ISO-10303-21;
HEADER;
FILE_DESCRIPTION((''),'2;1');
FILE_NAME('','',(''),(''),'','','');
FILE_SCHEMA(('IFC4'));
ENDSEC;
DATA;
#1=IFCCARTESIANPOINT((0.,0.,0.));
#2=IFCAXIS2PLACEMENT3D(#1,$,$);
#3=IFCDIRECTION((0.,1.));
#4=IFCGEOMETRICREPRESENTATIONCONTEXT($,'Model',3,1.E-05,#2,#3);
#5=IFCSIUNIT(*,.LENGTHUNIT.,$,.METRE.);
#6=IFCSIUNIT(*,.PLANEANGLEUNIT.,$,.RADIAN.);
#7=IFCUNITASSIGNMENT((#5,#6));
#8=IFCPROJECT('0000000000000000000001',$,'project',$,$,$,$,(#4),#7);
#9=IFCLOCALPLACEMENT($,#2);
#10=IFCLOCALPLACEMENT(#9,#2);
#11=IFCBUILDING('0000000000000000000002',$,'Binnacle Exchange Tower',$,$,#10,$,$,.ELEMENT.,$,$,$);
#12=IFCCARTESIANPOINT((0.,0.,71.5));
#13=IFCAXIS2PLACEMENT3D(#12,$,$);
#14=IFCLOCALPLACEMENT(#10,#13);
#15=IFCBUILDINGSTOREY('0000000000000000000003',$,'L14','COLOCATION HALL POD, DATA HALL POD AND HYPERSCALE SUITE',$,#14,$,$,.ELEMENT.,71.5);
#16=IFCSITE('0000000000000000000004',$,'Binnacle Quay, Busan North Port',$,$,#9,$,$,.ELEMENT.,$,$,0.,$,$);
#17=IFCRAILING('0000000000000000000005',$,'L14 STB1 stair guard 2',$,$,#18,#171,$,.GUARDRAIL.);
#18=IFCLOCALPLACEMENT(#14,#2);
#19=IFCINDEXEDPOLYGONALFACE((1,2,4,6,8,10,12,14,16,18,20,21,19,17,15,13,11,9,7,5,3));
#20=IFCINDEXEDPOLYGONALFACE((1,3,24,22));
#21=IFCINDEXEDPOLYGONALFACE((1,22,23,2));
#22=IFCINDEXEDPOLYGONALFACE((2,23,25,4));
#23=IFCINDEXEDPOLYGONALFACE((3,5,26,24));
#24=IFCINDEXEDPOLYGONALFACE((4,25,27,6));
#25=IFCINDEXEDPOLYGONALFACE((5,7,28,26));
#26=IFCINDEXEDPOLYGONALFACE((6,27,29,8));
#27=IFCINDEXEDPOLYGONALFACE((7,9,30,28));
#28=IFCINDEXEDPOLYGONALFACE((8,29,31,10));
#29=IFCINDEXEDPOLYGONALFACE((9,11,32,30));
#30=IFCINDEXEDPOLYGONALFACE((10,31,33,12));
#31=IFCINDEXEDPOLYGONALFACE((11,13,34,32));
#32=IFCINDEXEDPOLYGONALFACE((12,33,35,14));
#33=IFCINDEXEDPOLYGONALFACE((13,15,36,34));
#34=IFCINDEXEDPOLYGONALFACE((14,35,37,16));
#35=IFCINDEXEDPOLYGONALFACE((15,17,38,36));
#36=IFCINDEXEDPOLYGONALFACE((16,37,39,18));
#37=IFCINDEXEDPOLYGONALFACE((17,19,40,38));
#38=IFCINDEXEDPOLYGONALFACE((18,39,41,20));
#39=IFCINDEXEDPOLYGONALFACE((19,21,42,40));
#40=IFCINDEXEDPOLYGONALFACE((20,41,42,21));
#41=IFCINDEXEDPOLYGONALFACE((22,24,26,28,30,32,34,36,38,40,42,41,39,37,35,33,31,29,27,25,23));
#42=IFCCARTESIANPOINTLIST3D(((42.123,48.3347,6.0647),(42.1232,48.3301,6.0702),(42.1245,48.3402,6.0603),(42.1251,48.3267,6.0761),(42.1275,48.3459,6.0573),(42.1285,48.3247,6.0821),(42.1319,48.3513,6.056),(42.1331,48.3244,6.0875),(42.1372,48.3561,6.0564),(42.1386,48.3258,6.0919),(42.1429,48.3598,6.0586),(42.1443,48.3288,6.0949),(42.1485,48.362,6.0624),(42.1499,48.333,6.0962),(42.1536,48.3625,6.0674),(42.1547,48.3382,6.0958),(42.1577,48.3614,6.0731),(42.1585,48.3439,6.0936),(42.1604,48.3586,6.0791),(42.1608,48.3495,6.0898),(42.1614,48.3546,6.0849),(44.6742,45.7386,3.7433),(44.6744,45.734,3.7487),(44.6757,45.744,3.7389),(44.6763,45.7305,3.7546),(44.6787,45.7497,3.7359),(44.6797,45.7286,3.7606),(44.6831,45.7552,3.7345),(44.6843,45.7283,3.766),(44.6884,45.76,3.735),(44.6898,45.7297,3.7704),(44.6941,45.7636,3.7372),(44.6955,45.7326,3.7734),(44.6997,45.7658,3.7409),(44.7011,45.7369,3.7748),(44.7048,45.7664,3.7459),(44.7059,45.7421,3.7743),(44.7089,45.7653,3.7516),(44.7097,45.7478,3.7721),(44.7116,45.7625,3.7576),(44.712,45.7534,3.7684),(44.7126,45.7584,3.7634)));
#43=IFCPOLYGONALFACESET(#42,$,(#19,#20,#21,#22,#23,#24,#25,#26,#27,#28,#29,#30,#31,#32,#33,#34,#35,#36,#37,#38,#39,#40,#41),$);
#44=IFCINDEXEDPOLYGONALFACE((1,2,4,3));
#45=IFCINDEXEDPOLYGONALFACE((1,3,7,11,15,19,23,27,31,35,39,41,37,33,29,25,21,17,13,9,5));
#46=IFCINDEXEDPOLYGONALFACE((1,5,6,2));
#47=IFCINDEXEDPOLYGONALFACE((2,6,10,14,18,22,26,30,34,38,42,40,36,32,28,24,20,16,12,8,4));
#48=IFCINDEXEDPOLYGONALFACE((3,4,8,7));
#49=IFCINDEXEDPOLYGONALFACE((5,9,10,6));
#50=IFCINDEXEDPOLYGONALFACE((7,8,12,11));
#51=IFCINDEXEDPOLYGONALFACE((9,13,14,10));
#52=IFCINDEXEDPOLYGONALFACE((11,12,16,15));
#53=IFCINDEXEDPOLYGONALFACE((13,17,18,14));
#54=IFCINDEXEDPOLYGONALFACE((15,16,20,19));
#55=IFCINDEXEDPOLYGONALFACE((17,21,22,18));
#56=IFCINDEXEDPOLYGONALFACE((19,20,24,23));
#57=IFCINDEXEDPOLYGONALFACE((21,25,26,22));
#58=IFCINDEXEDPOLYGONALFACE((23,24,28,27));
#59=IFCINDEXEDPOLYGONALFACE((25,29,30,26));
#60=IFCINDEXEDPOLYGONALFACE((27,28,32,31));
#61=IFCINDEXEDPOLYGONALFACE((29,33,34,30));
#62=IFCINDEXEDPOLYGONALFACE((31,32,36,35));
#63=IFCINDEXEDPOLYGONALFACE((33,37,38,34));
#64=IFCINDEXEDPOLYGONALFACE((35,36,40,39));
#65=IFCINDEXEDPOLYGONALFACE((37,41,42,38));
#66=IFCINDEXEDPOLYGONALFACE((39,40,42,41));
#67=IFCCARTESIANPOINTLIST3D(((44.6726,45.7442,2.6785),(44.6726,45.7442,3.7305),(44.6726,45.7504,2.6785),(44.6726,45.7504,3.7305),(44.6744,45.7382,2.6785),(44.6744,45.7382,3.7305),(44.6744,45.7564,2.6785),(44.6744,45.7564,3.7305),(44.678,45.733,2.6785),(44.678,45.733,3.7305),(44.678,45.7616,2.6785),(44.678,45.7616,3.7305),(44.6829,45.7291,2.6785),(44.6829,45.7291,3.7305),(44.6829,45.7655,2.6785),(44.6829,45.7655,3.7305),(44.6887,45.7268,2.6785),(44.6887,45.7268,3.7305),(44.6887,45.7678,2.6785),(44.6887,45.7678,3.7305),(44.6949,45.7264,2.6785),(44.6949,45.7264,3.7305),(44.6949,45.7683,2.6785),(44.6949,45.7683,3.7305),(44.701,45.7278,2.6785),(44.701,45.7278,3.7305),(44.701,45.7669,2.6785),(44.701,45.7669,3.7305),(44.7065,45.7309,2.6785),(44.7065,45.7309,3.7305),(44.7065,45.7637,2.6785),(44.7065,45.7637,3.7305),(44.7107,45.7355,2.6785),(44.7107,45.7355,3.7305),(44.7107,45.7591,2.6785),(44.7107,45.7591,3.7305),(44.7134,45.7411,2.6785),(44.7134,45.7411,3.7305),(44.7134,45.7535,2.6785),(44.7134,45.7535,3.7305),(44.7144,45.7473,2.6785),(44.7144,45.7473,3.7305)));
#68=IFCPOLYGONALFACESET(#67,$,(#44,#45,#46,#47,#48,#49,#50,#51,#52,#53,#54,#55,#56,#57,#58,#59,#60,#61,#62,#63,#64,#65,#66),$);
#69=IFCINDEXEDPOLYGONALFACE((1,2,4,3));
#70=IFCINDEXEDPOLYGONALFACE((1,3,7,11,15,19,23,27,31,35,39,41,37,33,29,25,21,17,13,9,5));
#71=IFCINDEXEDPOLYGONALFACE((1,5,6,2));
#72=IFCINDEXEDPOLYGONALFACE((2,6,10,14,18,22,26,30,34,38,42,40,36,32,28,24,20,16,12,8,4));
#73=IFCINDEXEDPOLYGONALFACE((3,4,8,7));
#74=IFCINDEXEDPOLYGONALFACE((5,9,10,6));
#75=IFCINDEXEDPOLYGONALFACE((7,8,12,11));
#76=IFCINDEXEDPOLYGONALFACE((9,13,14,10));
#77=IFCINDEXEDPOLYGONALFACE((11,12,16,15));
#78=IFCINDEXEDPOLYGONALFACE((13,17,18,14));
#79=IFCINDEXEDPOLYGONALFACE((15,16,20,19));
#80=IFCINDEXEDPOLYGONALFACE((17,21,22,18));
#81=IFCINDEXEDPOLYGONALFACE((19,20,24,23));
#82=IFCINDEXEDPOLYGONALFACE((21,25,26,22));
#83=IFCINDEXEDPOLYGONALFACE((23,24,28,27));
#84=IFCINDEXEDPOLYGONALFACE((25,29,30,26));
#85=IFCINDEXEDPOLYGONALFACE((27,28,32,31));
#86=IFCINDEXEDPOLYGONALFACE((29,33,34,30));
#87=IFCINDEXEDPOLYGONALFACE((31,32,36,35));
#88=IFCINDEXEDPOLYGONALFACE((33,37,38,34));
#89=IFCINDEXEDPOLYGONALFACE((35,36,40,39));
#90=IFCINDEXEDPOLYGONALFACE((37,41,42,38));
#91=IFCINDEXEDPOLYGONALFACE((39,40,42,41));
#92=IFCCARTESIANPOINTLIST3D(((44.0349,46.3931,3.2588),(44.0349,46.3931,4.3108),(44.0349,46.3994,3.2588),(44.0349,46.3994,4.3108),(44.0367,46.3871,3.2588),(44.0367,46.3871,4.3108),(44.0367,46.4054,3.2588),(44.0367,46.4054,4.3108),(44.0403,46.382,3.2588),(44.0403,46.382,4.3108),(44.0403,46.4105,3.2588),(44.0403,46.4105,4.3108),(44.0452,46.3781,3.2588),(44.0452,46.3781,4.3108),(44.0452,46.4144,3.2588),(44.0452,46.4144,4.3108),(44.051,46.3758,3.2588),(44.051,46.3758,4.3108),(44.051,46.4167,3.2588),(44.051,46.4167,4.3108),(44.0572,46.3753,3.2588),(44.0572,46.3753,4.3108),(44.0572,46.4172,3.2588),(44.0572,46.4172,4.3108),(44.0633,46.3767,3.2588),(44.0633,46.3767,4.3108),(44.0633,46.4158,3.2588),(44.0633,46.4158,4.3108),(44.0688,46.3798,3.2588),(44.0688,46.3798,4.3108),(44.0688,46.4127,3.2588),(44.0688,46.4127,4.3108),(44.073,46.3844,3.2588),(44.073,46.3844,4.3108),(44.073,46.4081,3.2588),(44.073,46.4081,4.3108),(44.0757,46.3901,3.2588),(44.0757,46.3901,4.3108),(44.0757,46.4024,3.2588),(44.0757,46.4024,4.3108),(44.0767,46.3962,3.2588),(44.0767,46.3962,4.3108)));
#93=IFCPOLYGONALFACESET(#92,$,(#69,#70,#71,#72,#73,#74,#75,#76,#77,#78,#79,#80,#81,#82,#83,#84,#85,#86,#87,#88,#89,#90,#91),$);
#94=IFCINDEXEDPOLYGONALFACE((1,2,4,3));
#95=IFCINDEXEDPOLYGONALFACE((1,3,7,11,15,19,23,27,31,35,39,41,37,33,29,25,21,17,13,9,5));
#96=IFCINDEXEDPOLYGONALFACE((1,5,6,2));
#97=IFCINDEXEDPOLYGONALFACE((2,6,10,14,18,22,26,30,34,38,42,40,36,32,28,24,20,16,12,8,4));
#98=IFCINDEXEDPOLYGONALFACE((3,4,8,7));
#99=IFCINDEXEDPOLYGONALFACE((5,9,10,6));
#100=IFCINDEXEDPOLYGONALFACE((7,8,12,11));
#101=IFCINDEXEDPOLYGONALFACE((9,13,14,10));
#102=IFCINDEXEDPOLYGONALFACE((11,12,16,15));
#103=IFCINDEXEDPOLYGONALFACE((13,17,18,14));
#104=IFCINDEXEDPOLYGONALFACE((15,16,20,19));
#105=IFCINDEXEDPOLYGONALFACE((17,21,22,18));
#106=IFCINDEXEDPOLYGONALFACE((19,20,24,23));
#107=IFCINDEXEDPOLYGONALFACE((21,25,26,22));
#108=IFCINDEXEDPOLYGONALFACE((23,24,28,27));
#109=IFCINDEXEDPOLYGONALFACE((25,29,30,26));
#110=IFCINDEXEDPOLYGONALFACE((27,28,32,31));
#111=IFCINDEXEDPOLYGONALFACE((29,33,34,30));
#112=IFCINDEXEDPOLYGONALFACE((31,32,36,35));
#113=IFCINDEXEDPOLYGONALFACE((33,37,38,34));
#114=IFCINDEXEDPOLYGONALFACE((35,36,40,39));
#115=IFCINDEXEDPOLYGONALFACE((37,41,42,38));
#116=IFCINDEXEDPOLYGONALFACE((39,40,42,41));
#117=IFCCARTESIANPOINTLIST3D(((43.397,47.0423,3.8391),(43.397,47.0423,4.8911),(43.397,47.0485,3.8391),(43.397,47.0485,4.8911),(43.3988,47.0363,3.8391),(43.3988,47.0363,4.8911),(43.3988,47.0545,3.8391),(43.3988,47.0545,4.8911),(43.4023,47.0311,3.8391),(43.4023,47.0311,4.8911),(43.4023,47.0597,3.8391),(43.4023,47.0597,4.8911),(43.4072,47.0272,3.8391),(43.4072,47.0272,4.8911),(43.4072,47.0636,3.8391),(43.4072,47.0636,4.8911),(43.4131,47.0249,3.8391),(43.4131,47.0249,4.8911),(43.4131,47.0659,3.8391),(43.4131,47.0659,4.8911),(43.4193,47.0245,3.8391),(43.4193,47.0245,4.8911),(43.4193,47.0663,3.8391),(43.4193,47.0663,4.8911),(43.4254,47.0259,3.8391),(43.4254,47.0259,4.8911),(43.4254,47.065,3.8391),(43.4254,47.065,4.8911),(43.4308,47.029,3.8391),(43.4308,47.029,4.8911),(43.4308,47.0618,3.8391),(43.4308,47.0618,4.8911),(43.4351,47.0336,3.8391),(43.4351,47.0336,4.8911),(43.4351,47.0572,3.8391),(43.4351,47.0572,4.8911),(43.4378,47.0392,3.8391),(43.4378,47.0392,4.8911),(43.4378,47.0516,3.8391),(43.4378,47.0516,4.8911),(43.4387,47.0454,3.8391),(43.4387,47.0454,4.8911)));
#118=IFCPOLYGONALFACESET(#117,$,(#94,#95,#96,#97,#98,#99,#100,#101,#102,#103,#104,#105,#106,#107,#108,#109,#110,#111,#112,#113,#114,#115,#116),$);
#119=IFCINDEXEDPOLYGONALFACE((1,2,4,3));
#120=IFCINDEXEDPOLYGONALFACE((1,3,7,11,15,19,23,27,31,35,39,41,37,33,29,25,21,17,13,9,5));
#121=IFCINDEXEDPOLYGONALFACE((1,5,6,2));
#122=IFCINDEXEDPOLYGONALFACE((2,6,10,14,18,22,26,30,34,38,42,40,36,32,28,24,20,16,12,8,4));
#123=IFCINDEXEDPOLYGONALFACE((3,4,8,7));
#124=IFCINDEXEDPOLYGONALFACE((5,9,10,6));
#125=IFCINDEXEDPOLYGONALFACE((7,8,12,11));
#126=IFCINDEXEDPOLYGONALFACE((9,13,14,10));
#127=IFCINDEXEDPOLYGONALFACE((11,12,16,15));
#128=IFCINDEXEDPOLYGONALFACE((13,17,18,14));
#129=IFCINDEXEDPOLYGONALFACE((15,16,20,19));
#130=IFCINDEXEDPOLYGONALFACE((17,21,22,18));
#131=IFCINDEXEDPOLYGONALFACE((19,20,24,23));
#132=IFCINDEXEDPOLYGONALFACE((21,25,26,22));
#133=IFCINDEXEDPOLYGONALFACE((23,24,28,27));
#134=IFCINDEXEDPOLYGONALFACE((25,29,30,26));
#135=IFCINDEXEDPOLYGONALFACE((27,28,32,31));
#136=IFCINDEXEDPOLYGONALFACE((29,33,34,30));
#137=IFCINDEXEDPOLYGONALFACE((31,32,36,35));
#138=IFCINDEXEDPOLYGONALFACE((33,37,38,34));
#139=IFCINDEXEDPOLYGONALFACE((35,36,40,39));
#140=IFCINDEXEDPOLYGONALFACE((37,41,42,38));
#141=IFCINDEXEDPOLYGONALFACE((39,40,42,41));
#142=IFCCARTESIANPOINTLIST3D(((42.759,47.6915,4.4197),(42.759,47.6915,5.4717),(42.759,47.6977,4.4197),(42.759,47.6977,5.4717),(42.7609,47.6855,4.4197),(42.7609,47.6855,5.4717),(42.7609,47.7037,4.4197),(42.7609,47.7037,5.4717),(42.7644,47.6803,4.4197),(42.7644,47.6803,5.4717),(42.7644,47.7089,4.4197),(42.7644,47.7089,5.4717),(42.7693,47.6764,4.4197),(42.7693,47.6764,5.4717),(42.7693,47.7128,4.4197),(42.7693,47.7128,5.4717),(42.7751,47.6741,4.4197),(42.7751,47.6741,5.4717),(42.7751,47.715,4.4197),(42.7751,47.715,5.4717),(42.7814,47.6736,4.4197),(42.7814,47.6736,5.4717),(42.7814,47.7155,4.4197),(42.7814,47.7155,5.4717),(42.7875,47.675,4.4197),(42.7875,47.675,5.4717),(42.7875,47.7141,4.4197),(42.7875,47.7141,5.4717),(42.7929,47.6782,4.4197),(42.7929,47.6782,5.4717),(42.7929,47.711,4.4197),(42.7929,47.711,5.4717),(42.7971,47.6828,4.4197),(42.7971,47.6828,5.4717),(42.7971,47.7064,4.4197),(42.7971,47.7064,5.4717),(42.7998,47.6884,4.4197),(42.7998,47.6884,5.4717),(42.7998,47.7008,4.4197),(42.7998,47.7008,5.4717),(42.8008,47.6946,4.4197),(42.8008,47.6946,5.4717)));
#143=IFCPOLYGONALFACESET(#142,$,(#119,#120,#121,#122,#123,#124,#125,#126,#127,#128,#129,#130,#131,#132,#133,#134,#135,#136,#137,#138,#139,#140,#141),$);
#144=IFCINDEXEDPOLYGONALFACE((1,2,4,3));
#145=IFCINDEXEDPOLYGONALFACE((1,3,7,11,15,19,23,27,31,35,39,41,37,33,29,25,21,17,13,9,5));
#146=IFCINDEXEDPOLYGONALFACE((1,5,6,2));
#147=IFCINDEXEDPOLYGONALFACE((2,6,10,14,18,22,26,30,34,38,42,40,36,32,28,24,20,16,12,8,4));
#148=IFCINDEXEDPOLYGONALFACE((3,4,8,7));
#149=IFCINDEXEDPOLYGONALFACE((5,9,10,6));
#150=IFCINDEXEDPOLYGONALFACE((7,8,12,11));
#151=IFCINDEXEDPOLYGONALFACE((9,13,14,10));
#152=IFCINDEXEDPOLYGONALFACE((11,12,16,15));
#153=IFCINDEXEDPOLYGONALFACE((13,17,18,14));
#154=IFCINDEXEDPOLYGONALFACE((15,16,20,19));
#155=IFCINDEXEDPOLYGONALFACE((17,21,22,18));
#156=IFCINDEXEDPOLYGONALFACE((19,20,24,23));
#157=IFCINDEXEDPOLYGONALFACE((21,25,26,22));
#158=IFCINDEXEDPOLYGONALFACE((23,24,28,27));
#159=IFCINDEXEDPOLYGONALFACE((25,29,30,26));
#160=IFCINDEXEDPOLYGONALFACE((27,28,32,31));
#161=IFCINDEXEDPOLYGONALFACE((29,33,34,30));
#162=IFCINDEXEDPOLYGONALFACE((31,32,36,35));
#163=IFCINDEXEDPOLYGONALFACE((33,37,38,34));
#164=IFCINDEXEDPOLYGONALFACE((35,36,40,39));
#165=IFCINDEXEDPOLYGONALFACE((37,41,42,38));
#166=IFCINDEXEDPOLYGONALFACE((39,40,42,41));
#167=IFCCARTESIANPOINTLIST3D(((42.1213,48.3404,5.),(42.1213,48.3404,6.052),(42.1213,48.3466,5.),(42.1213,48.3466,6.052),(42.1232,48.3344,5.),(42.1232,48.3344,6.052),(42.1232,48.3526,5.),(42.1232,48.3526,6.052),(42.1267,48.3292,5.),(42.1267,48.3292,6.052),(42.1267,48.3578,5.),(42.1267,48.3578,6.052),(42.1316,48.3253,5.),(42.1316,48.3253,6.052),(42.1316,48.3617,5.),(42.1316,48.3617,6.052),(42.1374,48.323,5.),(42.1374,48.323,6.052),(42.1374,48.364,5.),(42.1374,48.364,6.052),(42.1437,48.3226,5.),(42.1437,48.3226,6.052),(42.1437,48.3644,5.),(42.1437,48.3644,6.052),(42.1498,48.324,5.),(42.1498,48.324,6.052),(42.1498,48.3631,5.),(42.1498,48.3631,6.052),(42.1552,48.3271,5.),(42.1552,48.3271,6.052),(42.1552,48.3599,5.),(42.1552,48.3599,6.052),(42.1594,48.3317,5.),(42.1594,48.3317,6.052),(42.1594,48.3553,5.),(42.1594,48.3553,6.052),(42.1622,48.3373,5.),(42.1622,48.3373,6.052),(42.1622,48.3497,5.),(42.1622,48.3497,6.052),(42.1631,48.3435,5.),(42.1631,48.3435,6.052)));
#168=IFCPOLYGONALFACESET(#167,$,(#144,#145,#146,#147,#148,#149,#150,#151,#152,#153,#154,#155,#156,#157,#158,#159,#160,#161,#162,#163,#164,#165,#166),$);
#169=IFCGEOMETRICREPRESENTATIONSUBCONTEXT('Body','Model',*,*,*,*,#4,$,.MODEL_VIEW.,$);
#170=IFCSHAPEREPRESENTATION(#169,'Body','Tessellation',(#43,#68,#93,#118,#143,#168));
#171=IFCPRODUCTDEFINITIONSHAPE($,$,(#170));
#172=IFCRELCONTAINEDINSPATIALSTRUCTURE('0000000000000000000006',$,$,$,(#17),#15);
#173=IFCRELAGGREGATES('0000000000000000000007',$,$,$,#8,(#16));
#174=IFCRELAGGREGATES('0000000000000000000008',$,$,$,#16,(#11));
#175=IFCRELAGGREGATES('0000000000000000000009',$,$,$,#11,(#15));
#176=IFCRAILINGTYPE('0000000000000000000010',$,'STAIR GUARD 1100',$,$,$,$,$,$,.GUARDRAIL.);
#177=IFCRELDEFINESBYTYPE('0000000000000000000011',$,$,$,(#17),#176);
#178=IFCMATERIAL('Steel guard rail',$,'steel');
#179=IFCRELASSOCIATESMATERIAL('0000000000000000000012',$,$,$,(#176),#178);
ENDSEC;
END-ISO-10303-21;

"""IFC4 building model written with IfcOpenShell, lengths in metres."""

from ifc_helpers import new_model, si_unit, direction, frame, origin, origin_2d, place, context, subcontext, project, spatial, circle, extrude, material, type_object, element, save


model = new_model("IFC4")

# Units and contexts
model_context = context("Model", 3, precision=1e-05, world=origin(), true_north=direction((0.0, 1.0)))
body_context = subcontext(model_context, "Body", "Model", "MODEL_VIEW")
ifc_project = project(units=[si_unit("LENGTHUNIT", "METRE"), si_unit("PLANEANGLEUNIT", "RADIAN")], contexts=[model_context])

# Site, building, storey
site_placement = place(None, origin())
site = spatial("IfcSite", under=ifc_project, at=site_placement, Name="Binnacle Quay, Busan North Port", CompositionType="ELEMENT", RefElevation=0.0)
building_placement = place(site_placement, origin())
building = spatial("IfcBuilding", under=site, at=building_placement, Name="Binnacle Exchange Tower", CompositionType="ELEMENT")
storey_placement = place(building_placement, frame((0.0, 0.0, 71.5)))
storey = spatial("IfcBuildingStorey", under=building, at=storey_placement, Name="L14", Description="COLOCATION HALL POD, DATA HALL POD AND HYPERSCALE SUITE", CompositionType="ELEMENT", Elevation=71.5)

# Railing
ifc_material_1 = material(Name="Steel guard rail", Category="steel")
railing_type_1 = type_object("IfcRailingType", Name="STAIR GUARD 1100", PredefinedType="GUARDRAIL", material=ifc_material_1)
railing_1_placement = place(storey_placement, frame((44.6934, 45.7473, 2.6785)))
element("IfcRailing", 1, at=railing_1_placement, inside=storey, type_object=railing_type_1, Name="L14 STB1 stair guard 2", PredefinedType="GUARDRAIL", context=body_context, shape_type="SweptSolid", body=[
    extrude(circle(Radius=0.0239, at=origin_2d()), frame((0.0, 0.0, 1.0762), z_axis=(-0.590947, 0.601352, 0.537733), x_axis=(-0.713251, -0.700909, 0.0)), (0.0, 0.0, 1.0), 4.3171),
    extrude(circle(Radius=0.021, at=origin_2d()), origin(), (0.0, 0.0, 1.0), 1.052),
    extrude(circle(Radius=0.021, at=origin_2d()), frame((-0.6377, 0.6489, 0.5803)), (0.0, 0.0, 1.0), 1.052),
    extrude(circle(Radius=0.021, at=origin_2d()), frame((-1.2756, 1.2981, 1.1606)), (0.0, 0.0, 1.0), 1.052),
    extrude(circle(Radius=0.021, at=origin_2d()), frame((-1.9136, 1.9473, 1.7412)), (0.0, 0.0, 1.0), 1.052),
    extrude(circle(Radius=0.021, at=origin_2d()), frame((-2.5513, 2.5962, 2.3215)), (0.0, 0.0, 1.0), 1.052),
])

save(model, "model.ifc")
